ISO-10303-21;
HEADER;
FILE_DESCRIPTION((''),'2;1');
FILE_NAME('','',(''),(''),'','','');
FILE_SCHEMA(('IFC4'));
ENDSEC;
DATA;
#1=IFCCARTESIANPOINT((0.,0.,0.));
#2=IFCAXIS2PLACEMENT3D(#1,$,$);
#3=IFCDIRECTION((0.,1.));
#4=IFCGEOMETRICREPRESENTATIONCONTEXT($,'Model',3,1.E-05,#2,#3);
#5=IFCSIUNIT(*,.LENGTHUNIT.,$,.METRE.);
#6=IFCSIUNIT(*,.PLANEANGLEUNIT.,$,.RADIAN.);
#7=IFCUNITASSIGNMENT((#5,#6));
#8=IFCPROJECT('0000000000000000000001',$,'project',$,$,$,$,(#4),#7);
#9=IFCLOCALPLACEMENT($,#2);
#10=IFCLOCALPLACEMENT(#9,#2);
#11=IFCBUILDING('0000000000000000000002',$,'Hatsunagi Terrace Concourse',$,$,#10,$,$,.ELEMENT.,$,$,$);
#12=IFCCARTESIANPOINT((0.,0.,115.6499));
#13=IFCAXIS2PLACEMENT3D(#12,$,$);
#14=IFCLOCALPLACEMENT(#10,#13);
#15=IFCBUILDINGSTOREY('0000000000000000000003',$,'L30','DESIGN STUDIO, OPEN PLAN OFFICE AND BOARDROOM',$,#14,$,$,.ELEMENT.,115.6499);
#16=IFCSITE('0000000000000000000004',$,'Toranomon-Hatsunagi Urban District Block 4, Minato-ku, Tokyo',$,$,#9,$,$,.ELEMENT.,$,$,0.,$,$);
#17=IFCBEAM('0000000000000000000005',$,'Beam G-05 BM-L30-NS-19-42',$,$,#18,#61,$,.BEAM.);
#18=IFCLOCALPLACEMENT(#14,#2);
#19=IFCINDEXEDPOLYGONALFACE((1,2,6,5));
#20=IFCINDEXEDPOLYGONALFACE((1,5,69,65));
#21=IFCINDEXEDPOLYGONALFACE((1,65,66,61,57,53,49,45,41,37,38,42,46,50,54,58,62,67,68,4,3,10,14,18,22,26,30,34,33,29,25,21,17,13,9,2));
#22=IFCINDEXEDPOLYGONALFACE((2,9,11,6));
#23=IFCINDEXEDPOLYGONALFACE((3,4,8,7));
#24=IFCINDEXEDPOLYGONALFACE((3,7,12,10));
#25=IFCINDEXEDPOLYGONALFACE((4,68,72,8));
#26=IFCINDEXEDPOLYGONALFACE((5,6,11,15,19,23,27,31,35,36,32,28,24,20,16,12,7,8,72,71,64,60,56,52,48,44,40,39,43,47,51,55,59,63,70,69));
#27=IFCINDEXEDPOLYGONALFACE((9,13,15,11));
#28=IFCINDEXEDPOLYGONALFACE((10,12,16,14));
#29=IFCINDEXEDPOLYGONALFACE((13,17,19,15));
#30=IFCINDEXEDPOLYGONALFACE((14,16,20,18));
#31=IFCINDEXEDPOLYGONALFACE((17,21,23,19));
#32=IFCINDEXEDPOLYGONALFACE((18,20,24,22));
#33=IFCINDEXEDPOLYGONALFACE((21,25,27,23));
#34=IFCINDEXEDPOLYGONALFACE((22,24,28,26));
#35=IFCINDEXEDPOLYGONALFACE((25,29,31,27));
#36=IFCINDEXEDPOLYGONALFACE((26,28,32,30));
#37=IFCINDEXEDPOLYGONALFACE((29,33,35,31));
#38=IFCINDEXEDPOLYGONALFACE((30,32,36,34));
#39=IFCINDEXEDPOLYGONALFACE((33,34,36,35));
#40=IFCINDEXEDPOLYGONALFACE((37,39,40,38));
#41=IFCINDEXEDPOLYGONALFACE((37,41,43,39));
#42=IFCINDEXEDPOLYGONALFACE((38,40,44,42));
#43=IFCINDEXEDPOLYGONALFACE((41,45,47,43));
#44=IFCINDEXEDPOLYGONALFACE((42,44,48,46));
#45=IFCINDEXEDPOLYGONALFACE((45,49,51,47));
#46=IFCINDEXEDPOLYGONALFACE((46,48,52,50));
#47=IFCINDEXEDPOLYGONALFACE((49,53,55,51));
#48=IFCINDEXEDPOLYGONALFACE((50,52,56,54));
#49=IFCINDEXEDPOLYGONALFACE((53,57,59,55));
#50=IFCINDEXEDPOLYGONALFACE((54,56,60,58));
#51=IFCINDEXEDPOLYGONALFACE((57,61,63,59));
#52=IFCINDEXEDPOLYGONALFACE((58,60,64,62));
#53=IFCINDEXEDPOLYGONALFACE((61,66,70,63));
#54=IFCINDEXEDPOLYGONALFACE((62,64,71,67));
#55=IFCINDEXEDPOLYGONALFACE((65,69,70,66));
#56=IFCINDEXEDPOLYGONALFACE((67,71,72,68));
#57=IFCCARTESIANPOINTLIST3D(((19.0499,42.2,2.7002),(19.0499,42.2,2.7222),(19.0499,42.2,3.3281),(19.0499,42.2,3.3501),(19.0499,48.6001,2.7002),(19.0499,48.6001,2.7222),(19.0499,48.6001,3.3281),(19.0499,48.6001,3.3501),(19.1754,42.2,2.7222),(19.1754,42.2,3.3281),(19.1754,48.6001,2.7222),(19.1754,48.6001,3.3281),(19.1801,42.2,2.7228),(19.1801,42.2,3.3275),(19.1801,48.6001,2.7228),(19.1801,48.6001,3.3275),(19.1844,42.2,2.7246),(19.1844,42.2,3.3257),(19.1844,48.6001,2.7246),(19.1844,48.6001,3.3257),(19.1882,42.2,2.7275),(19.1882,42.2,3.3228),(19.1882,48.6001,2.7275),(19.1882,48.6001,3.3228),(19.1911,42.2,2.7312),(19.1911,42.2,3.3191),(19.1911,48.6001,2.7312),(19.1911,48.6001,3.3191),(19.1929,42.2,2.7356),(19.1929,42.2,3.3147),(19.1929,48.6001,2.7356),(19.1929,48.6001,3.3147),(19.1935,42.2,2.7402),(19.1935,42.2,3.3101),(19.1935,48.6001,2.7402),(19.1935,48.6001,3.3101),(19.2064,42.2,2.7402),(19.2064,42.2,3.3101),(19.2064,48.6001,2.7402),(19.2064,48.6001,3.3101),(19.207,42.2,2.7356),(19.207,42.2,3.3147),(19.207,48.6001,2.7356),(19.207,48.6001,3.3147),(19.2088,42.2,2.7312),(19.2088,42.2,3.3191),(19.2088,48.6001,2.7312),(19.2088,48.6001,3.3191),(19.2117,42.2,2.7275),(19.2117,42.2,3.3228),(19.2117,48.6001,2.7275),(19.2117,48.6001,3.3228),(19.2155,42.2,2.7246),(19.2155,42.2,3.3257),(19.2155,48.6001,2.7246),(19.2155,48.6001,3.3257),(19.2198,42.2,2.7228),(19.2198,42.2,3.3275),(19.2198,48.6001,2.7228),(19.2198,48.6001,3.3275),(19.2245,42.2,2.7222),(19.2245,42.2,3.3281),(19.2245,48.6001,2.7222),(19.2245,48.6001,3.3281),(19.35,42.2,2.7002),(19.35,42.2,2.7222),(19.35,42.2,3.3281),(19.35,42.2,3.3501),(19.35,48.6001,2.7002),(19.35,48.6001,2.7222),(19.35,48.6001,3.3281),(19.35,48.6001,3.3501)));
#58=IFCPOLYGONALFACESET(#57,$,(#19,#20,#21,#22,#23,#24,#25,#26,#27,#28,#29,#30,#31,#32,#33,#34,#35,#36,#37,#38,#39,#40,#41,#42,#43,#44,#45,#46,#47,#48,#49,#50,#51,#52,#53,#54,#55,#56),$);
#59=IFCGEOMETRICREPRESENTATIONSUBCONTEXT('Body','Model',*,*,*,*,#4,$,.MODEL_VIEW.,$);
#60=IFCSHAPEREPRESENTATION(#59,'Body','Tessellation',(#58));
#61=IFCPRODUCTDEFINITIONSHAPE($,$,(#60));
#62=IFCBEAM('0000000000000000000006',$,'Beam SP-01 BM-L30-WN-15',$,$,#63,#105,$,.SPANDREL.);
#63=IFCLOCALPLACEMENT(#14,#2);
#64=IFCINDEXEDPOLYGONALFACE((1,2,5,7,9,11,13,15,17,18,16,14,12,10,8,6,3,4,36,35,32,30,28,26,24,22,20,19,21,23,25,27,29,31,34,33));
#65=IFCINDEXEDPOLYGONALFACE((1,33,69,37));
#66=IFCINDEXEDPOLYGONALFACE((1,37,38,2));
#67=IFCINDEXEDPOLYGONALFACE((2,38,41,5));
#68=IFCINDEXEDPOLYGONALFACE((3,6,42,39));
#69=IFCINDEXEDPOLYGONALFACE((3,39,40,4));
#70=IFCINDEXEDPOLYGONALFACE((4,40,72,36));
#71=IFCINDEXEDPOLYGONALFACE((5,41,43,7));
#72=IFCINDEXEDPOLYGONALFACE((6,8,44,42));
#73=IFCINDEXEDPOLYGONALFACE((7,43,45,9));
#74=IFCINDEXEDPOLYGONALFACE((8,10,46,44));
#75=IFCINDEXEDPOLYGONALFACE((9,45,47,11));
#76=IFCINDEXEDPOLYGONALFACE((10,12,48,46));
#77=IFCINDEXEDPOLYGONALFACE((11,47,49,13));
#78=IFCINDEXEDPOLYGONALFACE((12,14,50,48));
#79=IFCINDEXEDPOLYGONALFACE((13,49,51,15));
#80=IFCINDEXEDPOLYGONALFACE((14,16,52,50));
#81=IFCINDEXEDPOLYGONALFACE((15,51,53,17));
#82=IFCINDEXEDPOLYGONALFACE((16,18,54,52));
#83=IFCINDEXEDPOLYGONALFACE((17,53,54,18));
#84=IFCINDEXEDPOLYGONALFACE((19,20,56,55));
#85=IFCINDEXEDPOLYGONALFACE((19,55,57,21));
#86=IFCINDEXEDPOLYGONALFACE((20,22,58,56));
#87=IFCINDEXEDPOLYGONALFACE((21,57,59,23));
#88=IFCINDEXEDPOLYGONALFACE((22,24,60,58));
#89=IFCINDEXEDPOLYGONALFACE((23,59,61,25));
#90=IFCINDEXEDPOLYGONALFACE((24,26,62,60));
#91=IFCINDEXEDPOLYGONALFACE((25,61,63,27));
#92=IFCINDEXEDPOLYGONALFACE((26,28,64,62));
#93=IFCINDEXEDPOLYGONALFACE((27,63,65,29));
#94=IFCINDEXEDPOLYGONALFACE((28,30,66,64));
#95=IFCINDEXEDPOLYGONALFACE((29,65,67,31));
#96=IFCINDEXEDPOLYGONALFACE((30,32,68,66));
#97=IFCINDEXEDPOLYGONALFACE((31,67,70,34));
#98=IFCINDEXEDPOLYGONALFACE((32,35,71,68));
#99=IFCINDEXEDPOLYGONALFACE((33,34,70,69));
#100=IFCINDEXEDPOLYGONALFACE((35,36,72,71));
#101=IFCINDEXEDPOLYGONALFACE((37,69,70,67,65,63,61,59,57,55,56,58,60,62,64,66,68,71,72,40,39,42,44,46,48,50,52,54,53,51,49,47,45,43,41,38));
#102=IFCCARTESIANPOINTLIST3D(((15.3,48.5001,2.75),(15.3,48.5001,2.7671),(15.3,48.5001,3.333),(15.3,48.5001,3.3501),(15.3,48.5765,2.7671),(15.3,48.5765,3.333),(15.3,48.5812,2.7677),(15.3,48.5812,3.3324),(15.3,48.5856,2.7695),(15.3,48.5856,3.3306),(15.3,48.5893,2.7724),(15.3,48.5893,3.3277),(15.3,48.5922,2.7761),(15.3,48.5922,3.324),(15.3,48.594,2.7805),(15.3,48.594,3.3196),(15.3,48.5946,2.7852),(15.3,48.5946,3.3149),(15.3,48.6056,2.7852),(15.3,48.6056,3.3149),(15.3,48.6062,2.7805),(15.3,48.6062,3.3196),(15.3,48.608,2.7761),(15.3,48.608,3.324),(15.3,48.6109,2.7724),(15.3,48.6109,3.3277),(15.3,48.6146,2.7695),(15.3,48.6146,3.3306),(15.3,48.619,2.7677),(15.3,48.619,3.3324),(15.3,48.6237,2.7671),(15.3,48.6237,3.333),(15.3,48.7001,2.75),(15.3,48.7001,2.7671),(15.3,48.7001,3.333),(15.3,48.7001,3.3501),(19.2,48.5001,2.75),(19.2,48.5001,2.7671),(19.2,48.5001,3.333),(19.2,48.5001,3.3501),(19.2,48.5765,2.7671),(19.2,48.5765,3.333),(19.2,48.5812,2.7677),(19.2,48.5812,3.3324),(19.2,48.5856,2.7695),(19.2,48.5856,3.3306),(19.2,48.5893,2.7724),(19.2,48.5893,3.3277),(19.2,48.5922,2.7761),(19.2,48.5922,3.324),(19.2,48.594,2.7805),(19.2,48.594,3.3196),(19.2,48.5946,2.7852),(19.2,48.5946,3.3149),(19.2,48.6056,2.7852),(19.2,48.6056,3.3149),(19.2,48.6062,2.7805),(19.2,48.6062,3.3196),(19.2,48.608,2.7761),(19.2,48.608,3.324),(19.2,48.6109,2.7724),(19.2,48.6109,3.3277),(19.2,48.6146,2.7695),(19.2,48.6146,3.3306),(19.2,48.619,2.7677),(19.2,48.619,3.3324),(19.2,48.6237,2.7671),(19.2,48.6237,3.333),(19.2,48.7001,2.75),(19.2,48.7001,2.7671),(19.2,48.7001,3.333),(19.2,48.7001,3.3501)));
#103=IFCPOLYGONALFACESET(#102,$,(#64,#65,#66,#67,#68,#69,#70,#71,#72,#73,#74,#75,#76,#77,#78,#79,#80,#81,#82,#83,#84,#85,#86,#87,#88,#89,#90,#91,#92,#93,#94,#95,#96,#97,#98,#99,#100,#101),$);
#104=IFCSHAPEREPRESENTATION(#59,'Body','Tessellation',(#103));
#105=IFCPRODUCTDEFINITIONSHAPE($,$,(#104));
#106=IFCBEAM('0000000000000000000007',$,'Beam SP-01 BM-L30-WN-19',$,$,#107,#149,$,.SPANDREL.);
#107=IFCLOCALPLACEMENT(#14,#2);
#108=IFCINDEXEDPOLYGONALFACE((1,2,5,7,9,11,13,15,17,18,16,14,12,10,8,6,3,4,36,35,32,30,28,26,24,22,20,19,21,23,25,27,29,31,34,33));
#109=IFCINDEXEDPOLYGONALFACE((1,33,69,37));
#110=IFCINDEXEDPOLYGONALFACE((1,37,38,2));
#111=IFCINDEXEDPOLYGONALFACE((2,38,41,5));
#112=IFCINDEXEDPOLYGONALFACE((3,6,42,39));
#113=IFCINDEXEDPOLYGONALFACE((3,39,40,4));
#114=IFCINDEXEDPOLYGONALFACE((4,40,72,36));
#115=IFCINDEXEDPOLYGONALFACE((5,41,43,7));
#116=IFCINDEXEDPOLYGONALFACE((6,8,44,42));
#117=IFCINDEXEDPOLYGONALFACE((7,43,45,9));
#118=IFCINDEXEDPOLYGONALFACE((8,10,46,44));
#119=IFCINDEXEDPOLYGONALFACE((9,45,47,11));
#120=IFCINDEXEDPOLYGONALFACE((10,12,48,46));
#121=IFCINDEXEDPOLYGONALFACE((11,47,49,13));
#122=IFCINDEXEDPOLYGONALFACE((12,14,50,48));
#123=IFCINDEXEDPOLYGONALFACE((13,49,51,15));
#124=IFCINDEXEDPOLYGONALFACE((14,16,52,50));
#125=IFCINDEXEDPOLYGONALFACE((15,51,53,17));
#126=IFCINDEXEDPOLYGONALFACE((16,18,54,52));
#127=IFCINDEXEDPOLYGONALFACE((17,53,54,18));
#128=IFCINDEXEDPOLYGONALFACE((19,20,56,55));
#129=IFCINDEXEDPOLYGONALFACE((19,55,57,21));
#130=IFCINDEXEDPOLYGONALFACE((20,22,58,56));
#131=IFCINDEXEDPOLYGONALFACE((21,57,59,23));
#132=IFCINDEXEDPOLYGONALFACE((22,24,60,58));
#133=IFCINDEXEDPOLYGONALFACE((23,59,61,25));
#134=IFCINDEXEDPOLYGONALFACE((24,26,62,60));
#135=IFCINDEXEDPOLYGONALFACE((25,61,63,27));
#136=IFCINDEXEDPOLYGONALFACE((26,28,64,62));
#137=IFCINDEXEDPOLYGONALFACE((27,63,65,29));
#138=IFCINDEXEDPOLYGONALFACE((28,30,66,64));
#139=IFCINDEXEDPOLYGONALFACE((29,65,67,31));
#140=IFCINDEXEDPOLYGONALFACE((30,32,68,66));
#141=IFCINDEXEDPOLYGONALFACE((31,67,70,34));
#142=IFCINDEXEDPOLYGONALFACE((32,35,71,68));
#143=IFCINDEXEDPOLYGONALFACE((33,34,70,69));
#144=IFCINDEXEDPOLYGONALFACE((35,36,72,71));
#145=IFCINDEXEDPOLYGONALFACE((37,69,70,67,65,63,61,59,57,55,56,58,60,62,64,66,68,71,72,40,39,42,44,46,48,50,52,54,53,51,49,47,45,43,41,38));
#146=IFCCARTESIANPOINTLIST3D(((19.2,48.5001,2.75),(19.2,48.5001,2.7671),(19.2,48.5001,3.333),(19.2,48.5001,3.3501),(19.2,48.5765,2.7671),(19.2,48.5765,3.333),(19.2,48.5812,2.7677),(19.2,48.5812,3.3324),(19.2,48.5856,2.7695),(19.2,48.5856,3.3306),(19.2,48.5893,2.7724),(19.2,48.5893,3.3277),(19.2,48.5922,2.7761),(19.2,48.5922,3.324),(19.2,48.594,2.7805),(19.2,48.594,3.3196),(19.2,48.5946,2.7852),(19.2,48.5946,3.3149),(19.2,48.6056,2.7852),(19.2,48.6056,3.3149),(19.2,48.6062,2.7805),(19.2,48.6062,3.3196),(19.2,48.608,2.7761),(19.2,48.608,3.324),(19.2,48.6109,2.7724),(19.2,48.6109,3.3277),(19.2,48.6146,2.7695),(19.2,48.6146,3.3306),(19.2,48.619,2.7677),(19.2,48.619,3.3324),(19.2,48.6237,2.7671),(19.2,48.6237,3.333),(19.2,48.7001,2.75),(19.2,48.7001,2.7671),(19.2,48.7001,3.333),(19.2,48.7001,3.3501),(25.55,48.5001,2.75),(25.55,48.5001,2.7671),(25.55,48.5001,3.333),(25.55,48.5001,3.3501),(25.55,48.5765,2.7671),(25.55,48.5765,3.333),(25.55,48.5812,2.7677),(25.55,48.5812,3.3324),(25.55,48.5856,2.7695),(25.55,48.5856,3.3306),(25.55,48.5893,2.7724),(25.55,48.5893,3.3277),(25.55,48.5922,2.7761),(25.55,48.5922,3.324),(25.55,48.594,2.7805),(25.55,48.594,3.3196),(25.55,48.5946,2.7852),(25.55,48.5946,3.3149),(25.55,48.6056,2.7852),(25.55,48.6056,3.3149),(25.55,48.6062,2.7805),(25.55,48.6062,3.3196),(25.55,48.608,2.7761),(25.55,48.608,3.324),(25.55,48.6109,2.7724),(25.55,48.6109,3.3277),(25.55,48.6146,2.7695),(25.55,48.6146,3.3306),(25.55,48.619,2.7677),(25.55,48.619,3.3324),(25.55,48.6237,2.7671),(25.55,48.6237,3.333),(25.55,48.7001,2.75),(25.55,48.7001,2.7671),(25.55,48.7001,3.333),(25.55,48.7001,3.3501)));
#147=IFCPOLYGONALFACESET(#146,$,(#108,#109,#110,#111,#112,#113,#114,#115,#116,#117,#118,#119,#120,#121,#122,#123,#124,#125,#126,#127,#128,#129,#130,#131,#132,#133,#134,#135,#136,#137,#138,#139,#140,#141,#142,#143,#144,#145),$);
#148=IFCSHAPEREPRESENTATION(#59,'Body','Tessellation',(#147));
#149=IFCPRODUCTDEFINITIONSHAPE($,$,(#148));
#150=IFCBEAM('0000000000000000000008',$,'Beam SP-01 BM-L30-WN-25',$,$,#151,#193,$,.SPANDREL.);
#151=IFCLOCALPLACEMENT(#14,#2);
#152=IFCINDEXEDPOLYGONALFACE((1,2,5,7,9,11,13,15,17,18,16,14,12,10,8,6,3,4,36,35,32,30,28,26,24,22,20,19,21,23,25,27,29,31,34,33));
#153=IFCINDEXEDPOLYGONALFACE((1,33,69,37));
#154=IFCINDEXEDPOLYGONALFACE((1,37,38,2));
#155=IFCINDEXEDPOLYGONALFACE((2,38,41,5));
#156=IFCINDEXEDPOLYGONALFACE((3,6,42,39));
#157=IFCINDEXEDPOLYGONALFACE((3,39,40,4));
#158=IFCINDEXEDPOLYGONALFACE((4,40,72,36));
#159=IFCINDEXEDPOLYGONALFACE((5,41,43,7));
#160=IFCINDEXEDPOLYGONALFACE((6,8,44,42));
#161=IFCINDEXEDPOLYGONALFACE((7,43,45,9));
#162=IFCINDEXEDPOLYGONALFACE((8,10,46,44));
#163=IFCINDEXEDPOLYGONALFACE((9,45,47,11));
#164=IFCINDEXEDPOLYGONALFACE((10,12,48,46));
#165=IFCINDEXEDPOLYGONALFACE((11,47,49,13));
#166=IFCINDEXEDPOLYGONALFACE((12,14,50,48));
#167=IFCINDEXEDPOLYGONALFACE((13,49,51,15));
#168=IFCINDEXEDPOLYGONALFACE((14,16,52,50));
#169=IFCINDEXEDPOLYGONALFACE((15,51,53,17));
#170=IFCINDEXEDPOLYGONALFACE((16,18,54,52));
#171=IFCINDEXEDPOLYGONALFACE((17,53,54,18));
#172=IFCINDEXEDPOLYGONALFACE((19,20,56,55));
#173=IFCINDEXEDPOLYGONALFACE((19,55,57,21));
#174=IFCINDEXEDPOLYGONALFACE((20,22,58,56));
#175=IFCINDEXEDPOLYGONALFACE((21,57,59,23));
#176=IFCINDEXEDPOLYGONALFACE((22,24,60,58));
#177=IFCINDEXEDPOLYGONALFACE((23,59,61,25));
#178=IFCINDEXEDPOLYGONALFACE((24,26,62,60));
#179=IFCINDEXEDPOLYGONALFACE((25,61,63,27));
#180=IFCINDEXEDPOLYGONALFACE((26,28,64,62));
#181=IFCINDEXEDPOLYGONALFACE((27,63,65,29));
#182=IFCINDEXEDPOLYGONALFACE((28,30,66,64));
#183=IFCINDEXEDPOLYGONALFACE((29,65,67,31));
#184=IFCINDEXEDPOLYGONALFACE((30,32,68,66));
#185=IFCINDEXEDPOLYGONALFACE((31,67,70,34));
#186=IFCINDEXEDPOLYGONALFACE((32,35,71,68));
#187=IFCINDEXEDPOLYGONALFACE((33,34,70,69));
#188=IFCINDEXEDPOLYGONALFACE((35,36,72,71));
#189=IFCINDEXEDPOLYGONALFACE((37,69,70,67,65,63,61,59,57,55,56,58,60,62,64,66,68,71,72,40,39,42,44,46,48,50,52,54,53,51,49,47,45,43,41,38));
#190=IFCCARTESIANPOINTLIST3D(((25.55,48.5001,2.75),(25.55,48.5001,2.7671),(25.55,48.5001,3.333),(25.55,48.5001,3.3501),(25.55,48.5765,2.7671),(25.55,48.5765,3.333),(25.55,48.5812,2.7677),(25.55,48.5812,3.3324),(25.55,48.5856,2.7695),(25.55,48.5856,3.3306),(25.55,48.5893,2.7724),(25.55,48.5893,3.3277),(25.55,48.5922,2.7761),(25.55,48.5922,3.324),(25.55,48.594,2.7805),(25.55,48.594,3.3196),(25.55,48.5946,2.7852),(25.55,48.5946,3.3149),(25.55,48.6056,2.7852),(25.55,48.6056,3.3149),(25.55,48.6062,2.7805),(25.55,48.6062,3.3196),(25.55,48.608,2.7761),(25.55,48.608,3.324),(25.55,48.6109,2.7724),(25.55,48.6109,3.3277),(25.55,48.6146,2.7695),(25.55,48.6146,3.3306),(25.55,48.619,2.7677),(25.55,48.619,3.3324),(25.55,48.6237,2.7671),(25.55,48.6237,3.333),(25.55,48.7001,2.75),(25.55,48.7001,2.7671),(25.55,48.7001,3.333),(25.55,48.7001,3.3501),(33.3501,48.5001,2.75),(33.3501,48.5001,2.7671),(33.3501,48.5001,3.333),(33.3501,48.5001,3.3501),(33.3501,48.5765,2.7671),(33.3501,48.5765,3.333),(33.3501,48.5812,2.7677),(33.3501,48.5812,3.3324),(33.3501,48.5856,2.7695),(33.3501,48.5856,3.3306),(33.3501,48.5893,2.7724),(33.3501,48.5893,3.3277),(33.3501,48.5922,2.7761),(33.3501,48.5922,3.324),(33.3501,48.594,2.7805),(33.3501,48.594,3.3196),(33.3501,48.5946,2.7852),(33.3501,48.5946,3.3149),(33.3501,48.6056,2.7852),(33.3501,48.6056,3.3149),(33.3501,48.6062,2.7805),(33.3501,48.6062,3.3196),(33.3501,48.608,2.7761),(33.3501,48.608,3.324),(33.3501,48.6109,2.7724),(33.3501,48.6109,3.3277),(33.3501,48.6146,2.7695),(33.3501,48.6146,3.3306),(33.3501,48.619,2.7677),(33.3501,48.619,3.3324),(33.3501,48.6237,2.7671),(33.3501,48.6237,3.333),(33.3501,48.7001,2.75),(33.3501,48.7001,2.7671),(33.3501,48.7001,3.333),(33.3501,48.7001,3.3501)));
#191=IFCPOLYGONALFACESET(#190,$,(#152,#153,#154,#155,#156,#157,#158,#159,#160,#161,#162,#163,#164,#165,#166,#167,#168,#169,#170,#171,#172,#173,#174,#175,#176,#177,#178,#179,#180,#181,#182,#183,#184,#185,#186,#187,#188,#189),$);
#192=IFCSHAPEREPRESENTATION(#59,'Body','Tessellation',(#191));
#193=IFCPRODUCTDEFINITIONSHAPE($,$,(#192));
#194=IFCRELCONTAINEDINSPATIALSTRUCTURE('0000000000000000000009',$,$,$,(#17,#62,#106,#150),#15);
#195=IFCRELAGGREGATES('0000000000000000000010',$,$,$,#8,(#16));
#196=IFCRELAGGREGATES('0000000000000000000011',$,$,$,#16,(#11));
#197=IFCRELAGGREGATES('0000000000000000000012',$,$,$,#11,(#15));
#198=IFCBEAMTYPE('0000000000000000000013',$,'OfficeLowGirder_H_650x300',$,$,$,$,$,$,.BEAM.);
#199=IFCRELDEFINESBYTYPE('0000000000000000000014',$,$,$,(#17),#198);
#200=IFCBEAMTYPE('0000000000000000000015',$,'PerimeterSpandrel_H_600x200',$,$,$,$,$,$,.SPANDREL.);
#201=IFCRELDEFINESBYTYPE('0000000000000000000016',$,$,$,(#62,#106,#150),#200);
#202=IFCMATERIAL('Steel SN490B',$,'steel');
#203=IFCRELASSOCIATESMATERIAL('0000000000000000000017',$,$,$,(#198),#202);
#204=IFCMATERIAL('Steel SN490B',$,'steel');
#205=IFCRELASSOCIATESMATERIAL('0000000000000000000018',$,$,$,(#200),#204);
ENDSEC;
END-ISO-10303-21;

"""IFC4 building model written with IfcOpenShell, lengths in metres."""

from ifc_helpers import new_model, si_unit, direction, frame, origin, origin_2d, place, context, subcontext, project, spatial, i_section, extrude, material, material_profile, profile_set, type_object, element, save


model = new_model("IFC4")

# Units and contexts
model_context = context("Model", 3, precision=1e-05, world=origin(), true_north=direction((0.0, 1.0)))
body_context = subcontext(model_context, "Body", "Model", "MODEL_VIEW")
ifc_project = project(units=[si_unit("LENGTHUNIT", "METRE"), si_unit("PLANEANGLEUNIT", "RADIAN")], contexts=[model_context])

# Site, building, storey
site_placement = place(None, origin())
site = spatial("IfcSite", under=ifc_project, at=site_placement, Name="Toranomon-Hatsunagi Urban District Block 4, Minato-ku, Tokyo", CompositionType="ELEMENT", RefElevation=0.0)
building_placement = place(site_placement, origin())
building = spatial("IfcBuilding", under=site, at=building_placement, Name="Hatsunagi Terrace Concourse", CompositionType="ELEMENT")
storey_placement = place(building_placement, frame((0.0, 0.0, 115.6499)))
storey = spatial("IfcBuildingStorey", under=building, at=storey_placement, Name="L30", Description="DESIGN STUDIO, OPEN PLAN OFFICE AND BOARDROOM", CompositionType="ELEMENT", Elevation=115.6499)

# Beams
ifc_material_1 = material(Name="Steel SN490B", Category="steel")
ifc_material_profile_1 = material_profile(ifc_material_1, i_section(OverallWidth=0.3, OverallDepth=0.6499, WebThickness=0.0129, FlangeThickness=0.022, FilletRadius=0.0181, at=origin_2d()), Name="H-650x300x13x22")
ifc_profile_set_1 = profile_set([ifc_material_profile_1], Name="Steel SN490B")
beam_type_1 = type_object("IfcBeamType", Name="OfficeLowGirder_H_650x300", PredefinedType="BEAM", material=ifc_profile_set_1)
beam_1_placement = place(storey_placement, frame((19.2, 42.2, 3.0251), z_axis=(0.0, 1.0, 0.0), x_axis=(-1.0, 0.0, 0.0)))
element("IfcBeam", 1, at=beam_1_placement, inside=storey, type_object=beam_type_1, Name="Beam G-05 BM-L30-NS-19-42", PredefinedType="BEAM", context=body_context, shape_type="SweptSolid", body=[
    extrude(i_section(OverallWidth=0.3, OverallDepth=0.6499, WebThickness=0.0129, FlangeThickness=0.022, FilletRadius=0.0181, at=origin_2d()), origin(), (0.0, 0.0, 1.0), 6.4001),
])
ifc_material_2 = material(Name="Steel SN490B", Category="steel")
ifc_material_profile_2 = material_profile(ifc_material_2, i_section(OverallWidth=0.2, OverallDepth=0.6001, WebThickness=0.011, FlangeThickness=0.0171, FilletRadius=0.0181, at=origin_2d()), Name="H-600x200x11x17")
ifc_profile_set_2 = profile_set([ifc_material_profile_2], Name="Steel SN490B")
beam_type_2 = type_object("IfcBeamType", Name="PerimeterSpandrel_H_600x200", PredefinedType="SPANDREL", material=ifc_profile_set_2)
beam_2_placement = place(storey_placement, frame((15.3, 48.6001, 3.05), z_axis=(1.0, 0.0, 0.0), x_axis=(0.0, 1.0, 0.0)))
element("IfcBeam", 2, at=beam_2_placement, inside=storey, type_object=beam_type_2, Name="Beam SP-01 BM-L30-WN-15", PredefinedType="SPANDREL", context=body_context, shape_type="SweptSolid", body=[
    extrude(i_section(OverallWidth=0.2, OverallDepth=0.6001, WebThickness=0.011, FlangeThickness=0.0171, FilletRadius=0.0181, at=origin_2d()), origin(), (0.0, 0.0, 1.0), 3.8999),
])
beam_3_placement = place(storey_placement, frame((19.2, 48.6001, 3.05), z_axis=(1.0, 0.0, 0.0), x_axis=(0.0, 1.0, 0.0)))
element("IfcBeam", 3, at=beam_3_placement, inside=storey, type_object=beam_type_2, Name="Beam SP-01 BM-L30-WN-19", PredefinedType="SPANDREL", context=body_context, shape_type="SweptSolid", body=[
    extrude(i_section(OverallWidth=0.2, OverallDepth=0.6001, WebThickness=0.011, FlangeThickness=0.0171, FilletRadius=0.0181, at=origin_2d()), origin(), (0.0, 0.0, 1.0), 6.3501),
])
beam_4_placement = place(storey_placement, frame((25.55, 48.6001, 3.05), z_axis=(1.0, 0.0, 0.0), x_axis=(0.0, 1.0, 0.0)))
element("IfcBeam", 4, at=beam_4_placement, inside=storey, type_object=beam_type_2, Name="Beam SP-01 BM-L30-WN-25", PredefinedType="SPANDREL", context=body_context, shape_type="SweptSolid", body=[
    extrude(i_section(OverallWidth=0.2, OverallDepth=0.6001, WebThickness=0.011, FlangeThickness=0.0171, FilletRadius=0.0181, at=origin_2d()), origin(), (0.0, 0.0, 1.0), 7.8),
])

save(model, "model.ifc")
